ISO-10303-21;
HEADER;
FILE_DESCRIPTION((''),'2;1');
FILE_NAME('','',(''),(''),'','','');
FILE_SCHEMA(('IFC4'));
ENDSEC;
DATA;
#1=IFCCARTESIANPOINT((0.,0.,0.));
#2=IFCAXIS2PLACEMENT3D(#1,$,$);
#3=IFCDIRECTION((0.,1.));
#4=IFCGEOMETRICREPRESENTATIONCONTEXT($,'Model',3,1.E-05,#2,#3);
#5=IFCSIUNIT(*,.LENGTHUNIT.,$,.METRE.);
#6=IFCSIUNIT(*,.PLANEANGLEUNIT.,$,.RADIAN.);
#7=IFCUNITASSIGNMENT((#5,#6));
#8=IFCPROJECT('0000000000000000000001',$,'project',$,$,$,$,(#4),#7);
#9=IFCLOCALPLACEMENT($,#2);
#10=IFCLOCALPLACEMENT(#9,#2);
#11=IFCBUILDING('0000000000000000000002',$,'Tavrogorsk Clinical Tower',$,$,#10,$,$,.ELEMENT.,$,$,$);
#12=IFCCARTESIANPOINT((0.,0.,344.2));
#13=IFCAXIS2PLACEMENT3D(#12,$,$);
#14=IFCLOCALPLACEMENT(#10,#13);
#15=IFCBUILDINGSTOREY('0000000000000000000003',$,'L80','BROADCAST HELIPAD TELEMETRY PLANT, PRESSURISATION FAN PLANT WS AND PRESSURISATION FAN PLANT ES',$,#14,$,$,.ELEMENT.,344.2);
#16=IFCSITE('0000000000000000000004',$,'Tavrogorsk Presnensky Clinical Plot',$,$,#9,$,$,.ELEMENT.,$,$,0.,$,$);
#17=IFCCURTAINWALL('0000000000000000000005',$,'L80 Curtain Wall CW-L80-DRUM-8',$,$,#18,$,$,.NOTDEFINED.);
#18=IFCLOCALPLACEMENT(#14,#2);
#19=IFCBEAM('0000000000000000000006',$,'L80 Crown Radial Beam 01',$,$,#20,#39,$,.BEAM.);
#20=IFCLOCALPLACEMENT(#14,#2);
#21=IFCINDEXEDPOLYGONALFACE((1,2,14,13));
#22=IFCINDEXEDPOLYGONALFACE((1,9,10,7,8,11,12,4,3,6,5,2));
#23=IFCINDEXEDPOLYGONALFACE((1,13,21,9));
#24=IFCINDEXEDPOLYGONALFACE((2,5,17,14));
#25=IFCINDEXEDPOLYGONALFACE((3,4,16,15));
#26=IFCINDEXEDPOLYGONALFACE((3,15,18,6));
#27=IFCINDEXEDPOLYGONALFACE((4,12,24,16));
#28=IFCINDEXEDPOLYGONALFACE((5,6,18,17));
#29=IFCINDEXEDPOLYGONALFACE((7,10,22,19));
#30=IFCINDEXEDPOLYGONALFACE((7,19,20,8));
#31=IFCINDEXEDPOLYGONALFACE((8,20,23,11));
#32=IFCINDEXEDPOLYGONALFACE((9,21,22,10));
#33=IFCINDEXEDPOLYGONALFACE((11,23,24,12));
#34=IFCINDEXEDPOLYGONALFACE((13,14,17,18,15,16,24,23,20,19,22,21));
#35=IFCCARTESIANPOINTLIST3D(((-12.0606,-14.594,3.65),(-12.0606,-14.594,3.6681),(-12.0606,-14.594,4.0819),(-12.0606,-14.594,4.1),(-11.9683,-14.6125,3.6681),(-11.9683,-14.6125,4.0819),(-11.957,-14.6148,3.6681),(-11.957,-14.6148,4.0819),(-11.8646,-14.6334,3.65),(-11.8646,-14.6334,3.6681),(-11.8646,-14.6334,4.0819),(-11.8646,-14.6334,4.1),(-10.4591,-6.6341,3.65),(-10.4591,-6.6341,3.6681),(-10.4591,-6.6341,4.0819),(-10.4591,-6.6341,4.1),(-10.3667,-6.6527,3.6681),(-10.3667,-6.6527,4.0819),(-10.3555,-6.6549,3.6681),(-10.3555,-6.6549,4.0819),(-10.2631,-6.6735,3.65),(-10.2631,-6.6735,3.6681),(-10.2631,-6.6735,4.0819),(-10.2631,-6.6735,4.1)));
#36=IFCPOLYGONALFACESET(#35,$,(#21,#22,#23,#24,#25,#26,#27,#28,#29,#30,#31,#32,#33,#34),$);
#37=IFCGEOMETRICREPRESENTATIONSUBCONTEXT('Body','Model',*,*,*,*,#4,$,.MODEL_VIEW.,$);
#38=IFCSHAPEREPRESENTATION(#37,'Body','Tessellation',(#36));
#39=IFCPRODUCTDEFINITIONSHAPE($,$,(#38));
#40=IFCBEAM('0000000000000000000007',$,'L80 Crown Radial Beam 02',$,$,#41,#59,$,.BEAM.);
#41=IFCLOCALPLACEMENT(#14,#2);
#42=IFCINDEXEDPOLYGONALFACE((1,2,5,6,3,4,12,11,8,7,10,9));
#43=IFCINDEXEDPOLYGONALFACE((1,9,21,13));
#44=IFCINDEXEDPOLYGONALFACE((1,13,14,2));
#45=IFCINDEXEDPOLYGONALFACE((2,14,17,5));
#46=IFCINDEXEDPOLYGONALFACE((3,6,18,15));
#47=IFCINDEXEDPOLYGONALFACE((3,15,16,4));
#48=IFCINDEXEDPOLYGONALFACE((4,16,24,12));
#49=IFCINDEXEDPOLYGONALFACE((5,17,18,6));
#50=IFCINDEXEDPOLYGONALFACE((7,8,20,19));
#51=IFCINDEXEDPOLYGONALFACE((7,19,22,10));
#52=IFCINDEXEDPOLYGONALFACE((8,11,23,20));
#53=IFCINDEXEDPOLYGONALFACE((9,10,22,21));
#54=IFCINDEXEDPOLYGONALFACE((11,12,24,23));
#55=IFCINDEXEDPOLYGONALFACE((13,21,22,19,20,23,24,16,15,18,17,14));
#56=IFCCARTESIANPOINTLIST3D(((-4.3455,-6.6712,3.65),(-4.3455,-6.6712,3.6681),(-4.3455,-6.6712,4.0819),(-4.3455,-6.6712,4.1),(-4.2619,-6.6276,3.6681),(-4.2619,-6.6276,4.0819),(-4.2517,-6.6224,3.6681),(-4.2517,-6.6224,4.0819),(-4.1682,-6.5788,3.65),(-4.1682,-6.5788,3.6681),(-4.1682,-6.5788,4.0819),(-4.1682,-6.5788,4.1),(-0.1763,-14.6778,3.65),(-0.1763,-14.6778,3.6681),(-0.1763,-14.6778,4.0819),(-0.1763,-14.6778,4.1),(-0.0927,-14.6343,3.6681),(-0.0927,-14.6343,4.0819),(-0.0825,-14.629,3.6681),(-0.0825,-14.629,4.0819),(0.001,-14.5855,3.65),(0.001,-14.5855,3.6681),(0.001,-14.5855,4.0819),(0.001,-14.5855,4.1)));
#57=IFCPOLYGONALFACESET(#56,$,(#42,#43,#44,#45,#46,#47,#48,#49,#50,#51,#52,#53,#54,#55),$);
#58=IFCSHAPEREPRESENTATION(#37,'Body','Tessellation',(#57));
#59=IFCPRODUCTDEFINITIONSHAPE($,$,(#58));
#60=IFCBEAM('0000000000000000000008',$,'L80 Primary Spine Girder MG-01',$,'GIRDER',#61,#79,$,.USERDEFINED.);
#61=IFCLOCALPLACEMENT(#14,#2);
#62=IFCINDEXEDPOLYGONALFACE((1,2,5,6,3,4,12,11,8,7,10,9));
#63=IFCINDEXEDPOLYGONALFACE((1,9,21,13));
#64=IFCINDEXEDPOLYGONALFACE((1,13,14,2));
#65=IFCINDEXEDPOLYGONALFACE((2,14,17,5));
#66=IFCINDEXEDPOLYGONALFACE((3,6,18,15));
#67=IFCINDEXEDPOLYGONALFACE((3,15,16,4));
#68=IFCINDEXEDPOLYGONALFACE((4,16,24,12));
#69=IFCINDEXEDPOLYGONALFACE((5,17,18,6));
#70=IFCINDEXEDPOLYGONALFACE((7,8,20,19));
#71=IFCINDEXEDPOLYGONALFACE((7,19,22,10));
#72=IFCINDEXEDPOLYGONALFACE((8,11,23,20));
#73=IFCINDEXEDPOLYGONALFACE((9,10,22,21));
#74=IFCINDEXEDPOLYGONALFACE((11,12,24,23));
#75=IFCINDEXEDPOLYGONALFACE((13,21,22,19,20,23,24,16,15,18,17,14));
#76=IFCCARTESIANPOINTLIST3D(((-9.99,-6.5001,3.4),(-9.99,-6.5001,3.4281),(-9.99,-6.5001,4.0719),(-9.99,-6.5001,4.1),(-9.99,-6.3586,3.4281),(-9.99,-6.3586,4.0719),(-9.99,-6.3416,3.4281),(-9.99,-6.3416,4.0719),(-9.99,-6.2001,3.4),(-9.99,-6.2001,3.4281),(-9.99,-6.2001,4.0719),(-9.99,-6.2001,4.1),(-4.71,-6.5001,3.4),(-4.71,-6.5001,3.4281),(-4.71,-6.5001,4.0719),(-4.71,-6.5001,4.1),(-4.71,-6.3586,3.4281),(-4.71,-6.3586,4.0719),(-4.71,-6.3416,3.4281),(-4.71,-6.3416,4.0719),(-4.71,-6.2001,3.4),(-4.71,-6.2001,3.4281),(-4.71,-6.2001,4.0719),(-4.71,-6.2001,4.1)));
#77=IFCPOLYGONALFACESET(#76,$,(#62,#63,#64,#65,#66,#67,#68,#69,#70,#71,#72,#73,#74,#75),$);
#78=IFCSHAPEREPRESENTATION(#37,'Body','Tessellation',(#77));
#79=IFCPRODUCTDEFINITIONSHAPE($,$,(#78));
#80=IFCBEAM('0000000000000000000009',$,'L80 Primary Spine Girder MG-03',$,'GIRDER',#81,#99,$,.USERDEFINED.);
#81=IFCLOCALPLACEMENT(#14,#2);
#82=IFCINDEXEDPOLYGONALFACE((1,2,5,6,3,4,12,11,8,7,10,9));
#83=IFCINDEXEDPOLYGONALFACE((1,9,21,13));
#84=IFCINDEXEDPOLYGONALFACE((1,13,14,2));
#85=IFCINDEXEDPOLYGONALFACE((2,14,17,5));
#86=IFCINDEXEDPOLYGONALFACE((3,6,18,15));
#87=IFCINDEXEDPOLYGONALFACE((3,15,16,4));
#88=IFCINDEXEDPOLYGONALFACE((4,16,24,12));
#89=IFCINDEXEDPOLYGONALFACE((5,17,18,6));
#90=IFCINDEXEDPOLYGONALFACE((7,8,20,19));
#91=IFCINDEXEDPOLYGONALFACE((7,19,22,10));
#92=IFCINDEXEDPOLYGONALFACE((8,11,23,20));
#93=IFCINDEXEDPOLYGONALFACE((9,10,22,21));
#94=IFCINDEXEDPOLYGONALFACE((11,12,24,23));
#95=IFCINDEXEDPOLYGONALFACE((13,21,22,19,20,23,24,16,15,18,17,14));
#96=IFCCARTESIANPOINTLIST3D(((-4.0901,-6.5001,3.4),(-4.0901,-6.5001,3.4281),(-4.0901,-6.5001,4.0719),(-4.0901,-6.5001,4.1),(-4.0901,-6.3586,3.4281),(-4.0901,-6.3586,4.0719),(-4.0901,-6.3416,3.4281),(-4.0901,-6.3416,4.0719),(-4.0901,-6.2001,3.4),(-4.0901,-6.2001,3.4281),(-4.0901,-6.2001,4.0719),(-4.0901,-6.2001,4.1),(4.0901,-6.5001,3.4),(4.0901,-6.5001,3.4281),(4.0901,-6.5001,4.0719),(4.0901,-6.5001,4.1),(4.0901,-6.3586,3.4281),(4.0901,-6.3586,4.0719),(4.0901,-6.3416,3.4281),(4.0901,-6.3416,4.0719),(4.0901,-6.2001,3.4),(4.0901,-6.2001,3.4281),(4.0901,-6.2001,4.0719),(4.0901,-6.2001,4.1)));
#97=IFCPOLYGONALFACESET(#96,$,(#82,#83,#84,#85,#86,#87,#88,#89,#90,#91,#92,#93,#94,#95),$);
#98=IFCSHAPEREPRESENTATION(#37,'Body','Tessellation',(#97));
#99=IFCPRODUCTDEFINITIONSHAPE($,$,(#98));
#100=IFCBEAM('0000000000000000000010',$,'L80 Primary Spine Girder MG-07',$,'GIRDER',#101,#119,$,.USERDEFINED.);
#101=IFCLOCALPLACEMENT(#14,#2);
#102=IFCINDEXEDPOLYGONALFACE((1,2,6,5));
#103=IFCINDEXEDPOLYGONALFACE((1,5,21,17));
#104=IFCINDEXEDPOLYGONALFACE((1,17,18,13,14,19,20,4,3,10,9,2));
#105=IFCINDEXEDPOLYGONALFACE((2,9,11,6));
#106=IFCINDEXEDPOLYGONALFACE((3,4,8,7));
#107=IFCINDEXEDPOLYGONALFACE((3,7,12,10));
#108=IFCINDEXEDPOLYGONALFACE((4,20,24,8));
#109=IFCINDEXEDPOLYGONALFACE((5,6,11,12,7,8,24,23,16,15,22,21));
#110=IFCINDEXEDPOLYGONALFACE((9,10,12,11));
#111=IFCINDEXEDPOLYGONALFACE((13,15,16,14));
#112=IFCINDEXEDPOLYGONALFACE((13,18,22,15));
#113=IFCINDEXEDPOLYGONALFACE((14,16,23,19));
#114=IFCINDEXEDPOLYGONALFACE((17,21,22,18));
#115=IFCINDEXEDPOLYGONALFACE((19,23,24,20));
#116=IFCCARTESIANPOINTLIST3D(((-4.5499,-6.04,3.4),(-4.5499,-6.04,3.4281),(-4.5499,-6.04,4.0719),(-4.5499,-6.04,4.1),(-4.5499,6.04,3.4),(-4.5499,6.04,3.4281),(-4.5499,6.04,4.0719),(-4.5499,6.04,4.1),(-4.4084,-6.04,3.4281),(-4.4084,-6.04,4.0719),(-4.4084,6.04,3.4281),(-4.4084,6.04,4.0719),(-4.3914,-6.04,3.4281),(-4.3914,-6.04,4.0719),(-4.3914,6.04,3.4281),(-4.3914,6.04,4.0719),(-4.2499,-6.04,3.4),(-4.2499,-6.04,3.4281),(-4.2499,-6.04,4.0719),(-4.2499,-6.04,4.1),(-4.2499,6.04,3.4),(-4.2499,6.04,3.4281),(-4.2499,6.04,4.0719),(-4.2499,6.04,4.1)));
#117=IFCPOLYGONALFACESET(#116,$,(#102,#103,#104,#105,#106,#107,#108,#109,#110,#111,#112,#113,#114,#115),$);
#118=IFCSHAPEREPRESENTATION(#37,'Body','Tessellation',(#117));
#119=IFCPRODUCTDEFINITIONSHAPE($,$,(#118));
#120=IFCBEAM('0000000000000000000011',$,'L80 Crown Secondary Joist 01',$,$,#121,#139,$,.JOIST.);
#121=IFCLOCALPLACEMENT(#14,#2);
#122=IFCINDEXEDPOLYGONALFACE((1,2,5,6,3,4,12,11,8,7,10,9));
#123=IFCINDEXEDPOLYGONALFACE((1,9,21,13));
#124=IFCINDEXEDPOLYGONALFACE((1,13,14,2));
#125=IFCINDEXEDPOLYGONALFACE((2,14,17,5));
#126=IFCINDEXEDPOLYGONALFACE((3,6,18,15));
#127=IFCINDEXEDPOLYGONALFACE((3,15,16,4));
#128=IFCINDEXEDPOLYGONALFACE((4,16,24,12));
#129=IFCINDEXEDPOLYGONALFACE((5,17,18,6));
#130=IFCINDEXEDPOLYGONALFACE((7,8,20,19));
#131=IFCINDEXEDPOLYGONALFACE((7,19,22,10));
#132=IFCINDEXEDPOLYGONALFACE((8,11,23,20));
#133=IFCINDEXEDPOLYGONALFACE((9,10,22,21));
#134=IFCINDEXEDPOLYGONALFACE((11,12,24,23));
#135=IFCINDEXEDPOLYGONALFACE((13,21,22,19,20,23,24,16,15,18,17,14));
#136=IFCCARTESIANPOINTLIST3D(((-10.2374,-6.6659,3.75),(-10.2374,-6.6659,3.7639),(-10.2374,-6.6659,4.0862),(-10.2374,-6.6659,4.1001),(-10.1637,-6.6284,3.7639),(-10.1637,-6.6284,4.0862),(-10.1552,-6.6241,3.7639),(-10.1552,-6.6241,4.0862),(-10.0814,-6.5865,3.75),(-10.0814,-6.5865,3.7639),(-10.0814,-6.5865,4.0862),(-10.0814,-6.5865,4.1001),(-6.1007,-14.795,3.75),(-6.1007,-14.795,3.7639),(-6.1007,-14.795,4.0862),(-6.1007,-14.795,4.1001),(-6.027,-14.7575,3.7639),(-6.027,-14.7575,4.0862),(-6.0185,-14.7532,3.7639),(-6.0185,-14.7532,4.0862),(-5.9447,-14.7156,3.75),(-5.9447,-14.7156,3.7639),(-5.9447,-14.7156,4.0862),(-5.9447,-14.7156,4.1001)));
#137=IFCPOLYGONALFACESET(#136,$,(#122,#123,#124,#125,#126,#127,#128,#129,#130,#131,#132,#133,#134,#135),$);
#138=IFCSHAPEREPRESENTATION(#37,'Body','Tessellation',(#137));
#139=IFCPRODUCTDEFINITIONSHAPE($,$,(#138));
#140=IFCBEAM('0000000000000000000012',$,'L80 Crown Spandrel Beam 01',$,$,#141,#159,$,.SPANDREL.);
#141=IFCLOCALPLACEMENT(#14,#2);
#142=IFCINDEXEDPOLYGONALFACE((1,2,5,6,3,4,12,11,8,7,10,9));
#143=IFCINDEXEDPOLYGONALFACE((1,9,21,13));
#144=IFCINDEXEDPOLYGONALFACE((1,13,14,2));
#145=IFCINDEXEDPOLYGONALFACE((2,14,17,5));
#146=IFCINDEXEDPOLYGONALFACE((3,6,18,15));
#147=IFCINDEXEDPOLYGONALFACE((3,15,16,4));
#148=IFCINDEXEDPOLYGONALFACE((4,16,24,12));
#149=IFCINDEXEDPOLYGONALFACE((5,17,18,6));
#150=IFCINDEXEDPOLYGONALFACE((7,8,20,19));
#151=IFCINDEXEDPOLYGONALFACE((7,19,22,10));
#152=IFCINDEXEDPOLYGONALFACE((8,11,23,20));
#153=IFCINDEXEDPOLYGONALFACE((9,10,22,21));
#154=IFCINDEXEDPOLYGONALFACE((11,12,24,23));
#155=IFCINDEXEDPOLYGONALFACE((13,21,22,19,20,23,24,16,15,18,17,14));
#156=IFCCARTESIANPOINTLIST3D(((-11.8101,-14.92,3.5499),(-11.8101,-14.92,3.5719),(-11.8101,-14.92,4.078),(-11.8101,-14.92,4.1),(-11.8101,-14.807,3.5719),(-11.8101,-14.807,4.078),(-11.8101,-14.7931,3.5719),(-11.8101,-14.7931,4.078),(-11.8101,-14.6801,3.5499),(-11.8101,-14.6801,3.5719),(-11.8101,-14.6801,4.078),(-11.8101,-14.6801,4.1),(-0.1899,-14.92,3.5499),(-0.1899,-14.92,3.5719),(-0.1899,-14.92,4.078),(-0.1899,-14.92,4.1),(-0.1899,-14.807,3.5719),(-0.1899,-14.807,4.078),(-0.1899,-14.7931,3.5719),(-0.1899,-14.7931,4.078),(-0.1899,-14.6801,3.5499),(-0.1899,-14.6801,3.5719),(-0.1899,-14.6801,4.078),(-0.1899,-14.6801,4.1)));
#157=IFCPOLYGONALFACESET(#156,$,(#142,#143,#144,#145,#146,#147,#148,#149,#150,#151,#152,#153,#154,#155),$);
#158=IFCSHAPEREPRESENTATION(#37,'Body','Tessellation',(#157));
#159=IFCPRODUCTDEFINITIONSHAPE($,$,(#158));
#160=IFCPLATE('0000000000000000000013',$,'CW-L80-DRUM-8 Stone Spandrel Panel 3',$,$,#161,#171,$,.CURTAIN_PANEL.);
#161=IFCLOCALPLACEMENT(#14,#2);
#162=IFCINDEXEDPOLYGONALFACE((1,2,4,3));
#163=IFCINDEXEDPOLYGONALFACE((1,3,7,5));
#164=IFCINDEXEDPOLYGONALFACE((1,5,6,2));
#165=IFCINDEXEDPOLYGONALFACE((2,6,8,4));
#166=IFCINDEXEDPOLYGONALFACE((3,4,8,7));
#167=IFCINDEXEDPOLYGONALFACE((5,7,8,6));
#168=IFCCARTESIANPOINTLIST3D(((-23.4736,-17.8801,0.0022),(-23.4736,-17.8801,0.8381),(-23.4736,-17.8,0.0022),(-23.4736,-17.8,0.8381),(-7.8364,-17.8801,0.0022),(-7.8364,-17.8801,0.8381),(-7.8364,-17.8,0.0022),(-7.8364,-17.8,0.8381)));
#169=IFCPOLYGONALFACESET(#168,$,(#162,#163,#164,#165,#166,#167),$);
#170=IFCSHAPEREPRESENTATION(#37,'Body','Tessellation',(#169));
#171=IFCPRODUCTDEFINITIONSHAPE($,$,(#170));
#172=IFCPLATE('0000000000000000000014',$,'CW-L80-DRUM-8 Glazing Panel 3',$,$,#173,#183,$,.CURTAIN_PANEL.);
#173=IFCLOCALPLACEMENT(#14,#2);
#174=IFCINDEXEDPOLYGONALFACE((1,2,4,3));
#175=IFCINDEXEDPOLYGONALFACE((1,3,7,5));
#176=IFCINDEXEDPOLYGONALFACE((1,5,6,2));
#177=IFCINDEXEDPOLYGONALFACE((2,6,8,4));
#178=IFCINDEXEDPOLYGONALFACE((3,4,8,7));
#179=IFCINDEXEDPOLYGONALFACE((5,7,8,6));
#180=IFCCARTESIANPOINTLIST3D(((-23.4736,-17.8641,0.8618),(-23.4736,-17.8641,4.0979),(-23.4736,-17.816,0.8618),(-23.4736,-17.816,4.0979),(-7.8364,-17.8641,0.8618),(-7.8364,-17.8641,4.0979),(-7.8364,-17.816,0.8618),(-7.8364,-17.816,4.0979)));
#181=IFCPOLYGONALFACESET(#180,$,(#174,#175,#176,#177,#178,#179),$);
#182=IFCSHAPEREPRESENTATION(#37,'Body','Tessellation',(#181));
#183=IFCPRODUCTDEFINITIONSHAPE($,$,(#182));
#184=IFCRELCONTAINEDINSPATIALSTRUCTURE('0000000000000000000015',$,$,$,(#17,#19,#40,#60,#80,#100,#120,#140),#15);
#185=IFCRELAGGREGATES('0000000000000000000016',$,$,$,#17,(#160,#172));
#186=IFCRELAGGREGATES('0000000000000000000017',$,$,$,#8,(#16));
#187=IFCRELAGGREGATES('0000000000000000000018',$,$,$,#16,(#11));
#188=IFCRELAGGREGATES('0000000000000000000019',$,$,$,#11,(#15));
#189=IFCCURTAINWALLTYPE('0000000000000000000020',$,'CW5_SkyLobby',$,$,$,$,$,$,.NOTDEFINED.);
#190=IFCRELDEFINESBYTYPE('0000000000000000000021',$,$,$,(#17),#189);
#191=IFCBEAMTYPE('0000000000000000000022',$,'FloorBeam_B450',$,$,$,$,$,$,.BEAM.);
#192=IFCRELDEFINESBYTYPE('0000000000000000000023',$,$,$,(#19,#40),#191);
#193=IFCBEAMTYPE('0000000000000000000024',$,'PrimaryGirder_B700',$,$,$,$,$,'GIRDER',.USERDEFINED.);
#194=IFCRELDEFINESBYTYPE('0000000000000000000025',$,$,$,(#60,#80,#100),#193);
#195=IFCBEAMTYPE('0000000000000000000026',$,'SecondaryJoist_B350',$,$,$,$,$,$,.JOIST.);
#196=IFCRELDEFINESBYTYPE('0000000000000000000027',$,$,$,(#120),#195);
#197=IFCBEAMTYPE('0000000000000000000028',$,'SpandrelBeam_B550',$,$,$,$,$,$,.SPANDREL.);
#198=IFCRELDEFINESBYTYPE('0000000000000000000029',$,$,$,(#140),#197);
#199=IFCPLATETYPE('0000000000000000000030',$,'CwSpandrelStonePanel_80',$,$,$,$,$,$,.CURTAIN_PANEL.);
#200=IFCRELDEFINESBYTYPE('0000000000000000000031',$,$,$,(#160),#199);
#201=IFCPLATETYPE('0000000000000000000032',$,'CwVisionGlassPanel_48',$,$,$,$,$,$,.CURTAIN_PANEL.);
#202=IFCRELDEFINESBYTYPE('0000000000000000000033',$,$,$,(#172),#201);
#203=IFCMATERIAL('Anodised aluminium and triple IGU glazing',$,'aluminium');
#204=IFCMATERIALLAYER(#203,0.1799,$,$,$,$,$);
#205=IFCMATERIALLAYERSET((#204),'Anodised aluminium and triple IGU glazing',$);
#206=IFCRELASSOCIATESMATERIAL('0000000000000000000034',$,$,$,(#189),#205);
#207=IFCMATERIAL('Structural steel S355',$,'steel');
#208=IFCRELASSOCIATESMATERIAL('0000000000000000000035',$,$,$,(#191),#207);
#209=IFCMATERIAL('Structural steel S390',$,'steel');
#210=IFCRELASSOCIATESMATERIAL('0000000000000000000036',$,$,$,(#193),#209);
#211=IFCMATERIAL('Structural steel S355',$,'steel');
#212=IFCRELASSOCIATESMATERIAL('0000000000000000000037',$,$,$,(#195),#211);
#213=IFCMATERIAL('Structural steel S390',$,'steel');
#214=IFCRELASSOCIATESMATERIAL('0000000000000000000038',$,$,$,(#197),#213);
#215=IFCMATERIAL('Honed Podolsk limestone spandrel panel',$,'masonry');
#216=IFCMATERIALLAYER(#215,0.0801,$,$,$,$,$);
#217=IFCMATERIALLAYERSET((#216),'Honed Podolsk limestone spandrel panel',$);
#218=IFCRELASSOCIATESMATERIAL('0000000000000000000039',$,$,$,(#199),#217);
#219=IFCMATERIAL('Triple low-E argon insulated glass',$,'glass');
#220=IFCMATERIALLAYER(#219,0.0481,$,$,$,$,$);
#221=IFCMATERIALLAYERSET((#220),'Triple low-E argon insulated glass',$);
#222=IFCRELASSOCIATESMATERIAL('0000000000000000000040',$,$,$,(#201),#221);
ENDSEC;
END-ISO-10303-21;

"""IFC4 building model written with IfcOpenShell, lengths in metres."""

from ifc_helpers import new_model, si_unit, direction, frame, origin, origin_2d, place, context, subcontext, project, spatial, rectangle, i_section, extrude, material, layer, layer_set, material_profile, profile_set, type_object, element, aggregate, save


model = new_model("IFC4")

# Units and contexts
model_context = context("Model", 3, precision=1e-05, world=origin(), true_north=direction((0.0, 1.0)))
body_context = subcontext(model_context, "Body", "Model", "MODEL_VIEW")
ifc_project = project(units=[si_unit("LENGTHUNIT", "METRE"), si_unit("PLANEANGLEUNIT", "RADIAN")], contexts=[model_context])

# Site, building, storey
site_placement = place(None, origin())
site = spatial("IfcSite", under=ifc_project, at=site_placement, Name="Tavrogorsk Presnensky Clinical Plot", CompositionType="ELEMENT", RefElevation=0.0)
building_placement = place(site_placement, origin())
building = spatial("IfcBuilding", under=site, at=building_placement, Name="Tavrogorsk Clinical Tower", CompositionType="ELEMENT")
storey_placement = place(building_placement, frame((0.0, 0.0, 344.2)))
storey = spatial("IfcBuildingStorey", under=building, at=storey_placement, Name="L80", Description="BROADCAST HELIPAD TELEMETRY PLANT, PRESSURISATION FAN PLANT WS AND PRESSURISATION FAN PLANT ES", CompositionType="ELEMENT", Elevation=344.2)

# Curtain wall
ifc_material_1 = material(Name="Anodised aluminium and triple IGU glazing", Category="aluminium")
ifc_layer_1 = layer(ifc_material_1, 0.1799)
ifc_layer_set_1 = layer_set([ifc_layer_1], Name="Anodised aluminium and triple IGU glazing")
curtain_wall_type = type_object("IfcCurtainWallType", Name="CW5_SkyLobby", PredefinedType="NOTDEFINED", material=ifc_layer_set_1)
curtain_wall_placement = place(storey_placement, origin())
curtain_wall = element("IfcCurtainWall", 1, at=curtain_wall_placement, inside=storey, type_object=curtain_wall_type, Name="L80 Curtain Wall CW-L80-DRUM-8", PredefinedType="NOTDEFINED")

# Beams
ifc_material_2 = material(Name="Structural steel S355", Category="steel")
ifc_material_profile_1 = material_profile(ifc_material_2, i_section(OverallWidth=0.2, OverallDepth=0.45, WebThickness=0.0115, FlangeThickness=0.0181, at=origin_2d()), Name="B-450x200x11.5x18")
ifc_profile_set_1 = profile_set([ifc_material_profile_1], Name="Structural steel S355")
beam_type_1 = type_object("IfcBeamType", Name="FloorBeam_B450", PredefinedType="BEAM", material=ifc_profile_set_1)
beam_1_placement = place(storey_placement, frame((-10.3611, -6.6538, 3.875), z_axis=(-0.197249, -0.980353, 0.0), x_axis=(0.980353, -0.197249, 0.0)))
element("IfcBeam", 2, at=beam_1_placement, inside=storey, type_object=beam_type_1, Name="L80 Crown Radial Beam 01", PredefinedType="BEAM", context=body_context, shape_type="SweptSolid", body=[
    extrude(i_section(OverallWidth=0.2, OverallDepth=0.45, WebThickness=0.0115, FlangeThickness=0.0181, at=origin_2d()), origin(), (0.0, 0.0, 1.0), 8.1194),
])
beam_2_placement = place(storey_placement, frame((-4.2568, -6.625, 3.875), z_axis=(0.461855, -0.886955, 0.0), x_axis=(0.886955, 0.461855, 0.0)))
element("IfcBeam", 3, at=beam_2_placement, inside=storey, type_object=beam_type_1, Name="L80 Crown Radial Beam 02", PredefinedType="BEAM", context=body_context, shape_type="SweptSolid", body=[
    extrude(i_section(OverallWidth=0.2, OverallDepth=0.45, WebThickness=0.0115, FlangeThickness=0.0181, at=origin_2d()), origin(), (0.0, 0.0, 1.0), 9.0271),
])
ifc_material_3 = material(Name="Structural steel S390", Category="steel")
ifc_material_profile_2 = material_profile(ifc_material_3, i_section(OverallWidth=0.3, OverallDepth=0.7, WebThickness=0.0171, FlangeThickness=0.0281, at=origin_2d()), Name="B-700x300x17x28")
ifc_profile_set_2 = profile_set([ifc_material_profile_2], Name="Structural steel S390")
beam_type_2 = type_object("IfcBeamType", Name="PrimaryGirder_B700", ElementType="GIRDER", PredefinedType="USERDEFINED", material=ifc_profile_set_2)
beam_3_placement = place(storey_placement, frame((-9.99, -6.3501, 3.75), z_axis=(1.0, 0.0, 0.0), x_axis=(0.0, 1.0, 0.0)))
element("IfcBeam", 4, at=beam_3_placement, inside=storey, type_object=beam_type_2, Name="L80 Primary Spine Girder MG-01", ObjectType="GIRDER", PredefinedType="USERDEFINED", context=body_context, shape_type="SweptSolid", body=[
    extrude(i_section(OverallWidth=0.3, OverallDepth=0.7, WebThickness=0.0171, FlangeThickness=0.0281, at=origin_2d()), origin(), (0.0, 0.0, 1.0), 5.28),
])
beam_4_placement = place(storey_placement, frame((-4.0901, -6.3501, 3.75), z_axis=(1.0, 0.0, 0.0), x_axis=(0.0, 1.0, 0.0)))
element("IfcBeam", 5, at=beam_4_placement, inside=storey, type_object=beam_type_2, Name="L80 Primary Spine Girder MG-03", ObjectType="GIRDER", PredefinedType="USERDEFINED", context=body_context, shape_type="SweptSolid", body=[
    extrude(i_section(OverallWidth=0.3, OverallDepth=0.7, WebThickness=0.0171, FlangeThickness=0.0281, at=origin_2d()), origin(), (0.0, 0.0, 1.0), 8.1802),
])
beam_5_placement = place(storey_placement, frame((-4.3999, -6.04, 3.75), z_axis=(0.0, 1.0, 0.0), x_axis=(-1.0, 0.0, 0.0)))
element("IfcBeam", 6, at=beam_5_placement, inside=storey, type_object=beam_type_2, Name="L80 Primary Spine Girder MG-07", ObjectType="GIRDER", PredefinedType="USERDEFINED", context=body_context, shape_type="SweptSolid", body=[
    extrude(i_section(OverallWidth=0.3, OverallDepth=0.7, WebThickness=0.0171, FlangeThickness=0.0281, at=origin_2d()), origin(), (0.0, 0.0, 1.0), 12.0801),
])
ifc_material_4 = material(Name="Structural steel S355", Category="steel")
ifc_material_profile_3 = material_profile(ifc_material_4, i_section(OverallWidth=0.175, OverallDepth=0.3501, WebThickness=0.0095, FlangeThickness=0.0139, at=origin_2d()), Name="B-350x175x9.5x14")
ifc_profile_set_3 = profile_set([ifc_material_profile_3], Name="Structural steel S355")
beam_type_3 = type_object("IfcBeamType", Name="SecondaryJoist_B350", PredefinedType="JOIST", material=ifc_profile_set_3)
beam_6_placement = place(storey_placement, frame((-10.1594, -6.6262, 3.925), z_axis=(0.45353, -0.891241, 0.0), x_axis=(0.891241, 0.45353, 0.0)))
element("IfcBeam", 7, at=beam_6_placement, inside=storey, type_object=beam_type_3, Name="L80 Crown Secondary Joist 01", PredefinedType="JOIST", context=body_context, shape_type="SweptSolid", body=[
    extrude(i_section(OverallWidth=0.175, OverallDepth=0.3501, WebThickness=0.0095, FlangeThickness=0.0139, at=origin_2d()), origin(), (0.0, 0.0, 1.0), 9.1211),
])
ifc_material_5 = material(Name="Structural steel S390", Category="steel")
ifc_material_profile_4 = material_profile(ifc_material_5, i_section(OverallWidth=0.24, OverallDepth=0.55, WebThickness=0.0139, FlangeThickness=0.022, at=origin_2d()), Name="B-550x240x14x22")
ifc_profile_set_4 = profile_set([ifc_material_profile_4], Name="Structural steel S390")
beam_type_4 = type_object("IfcBeamType", Name="SpandrelBeam_B550", PredefinedType="SPANDREL", material=ifc_profile_set_4)
beam_7_placement = place(storey_placement, frame((-11.8101, -14.8, 3.825), z_axis=(1.0, 0.0, 0.0), x_axis=(0.0, 1.0, 0.0)))
element("IfcBeam", 8, at=beam_7_placement, inside=storey, type_object=beam_type_4, Name="L80 Crown Spandrel Beam 01", PredefinedType="SPANDREL", context=body_context, shape_type="SweptSolid", body=[
    extrude(i_section(OverallWidth=0.24, OverallDepth=0.55, WebThickness=0.0139, FlangeThickness=0.022, at=origin_2d()), origin(), (0.0, 0.0, 1.0), 11.6201),
])

# Plates
ifc_material_6 = material(Name="Honed Podolsk limestone spandrel panel", Category="masonry")
ifc_layer_2 = layer(ifc_material_6, 0.0801)
ifc_layer_set_2 = layer_set([ifc_layer_2], Name="Honed Podolsk limestone spandrel panel")
plate_type_1 = type_object("IfcPlateType", Name="CwSpandrelStonePanel_80", PredefinedType="CURTAIN_PANEL", material=ifc_layer_set_2)
plate_1_placement = place(storey_placement, frame((-15.655, -17.8401, 0.0022), z_axis=(0.0, 0.0, 1.0), x_axis=(-1.0, 0.0, 0.0)))
plate_1 = element("IfcPlate", 9, at=plate_1_placement, type_object=plate_type_1, Name="CW-L80-DRUM-8 Stone Spandrel Panel 3", PredefinedType="CURTAIN_PANEL", context=body_context, shape_type="SweptSolid", body=[
    extrude(rectangle(XDim=15.6372, YDim=0.0801, at=origin_2d()), origin(), (0.0, 0.0, 1.0), 0.8359),
])
ifc_material_7 = material(Name="Triple low-E argon insulated glass", Category="glass")
ifc_layer_3 = layer(ifc_material_7, 0.0481)
ifc_layer_set_3 = layer_set([ifc_layer_3], Name="Triple low-E argon insulated glass")
plate_type_2 = type_object("IfcPlateType", Name="CwVisionGlassPanel_48", PredefinedType="CURTAIN_PANEL", material=ifc_layer_set_3)
plate_2_placement = place(storey_placement, frame((-15.655, -17.8401, 0.8618), z_axis=(0.0, 0.0, 1.0), x_axis=(-1.0, 0.0, 0.0)))
plate_2 = element("IfcPlate", 10, at=plate_2_placement, type_object=plate_type_2, Name="CW-L80-DRUM-8 Glazing Panel 3", PredefinedType="CURTAIN_PANEL", context=body_context, shape_type="SweptSolid", body=[
    extrude(rectangle(XDim=15.6372, YDim=0.0481, at=origin_2d()), origin(), (0.0, 0.0, 1.0), 3.2361),
])
aggregate(curtain_wall, [plate_1, plate_2])

save(model, "model.ifc")
